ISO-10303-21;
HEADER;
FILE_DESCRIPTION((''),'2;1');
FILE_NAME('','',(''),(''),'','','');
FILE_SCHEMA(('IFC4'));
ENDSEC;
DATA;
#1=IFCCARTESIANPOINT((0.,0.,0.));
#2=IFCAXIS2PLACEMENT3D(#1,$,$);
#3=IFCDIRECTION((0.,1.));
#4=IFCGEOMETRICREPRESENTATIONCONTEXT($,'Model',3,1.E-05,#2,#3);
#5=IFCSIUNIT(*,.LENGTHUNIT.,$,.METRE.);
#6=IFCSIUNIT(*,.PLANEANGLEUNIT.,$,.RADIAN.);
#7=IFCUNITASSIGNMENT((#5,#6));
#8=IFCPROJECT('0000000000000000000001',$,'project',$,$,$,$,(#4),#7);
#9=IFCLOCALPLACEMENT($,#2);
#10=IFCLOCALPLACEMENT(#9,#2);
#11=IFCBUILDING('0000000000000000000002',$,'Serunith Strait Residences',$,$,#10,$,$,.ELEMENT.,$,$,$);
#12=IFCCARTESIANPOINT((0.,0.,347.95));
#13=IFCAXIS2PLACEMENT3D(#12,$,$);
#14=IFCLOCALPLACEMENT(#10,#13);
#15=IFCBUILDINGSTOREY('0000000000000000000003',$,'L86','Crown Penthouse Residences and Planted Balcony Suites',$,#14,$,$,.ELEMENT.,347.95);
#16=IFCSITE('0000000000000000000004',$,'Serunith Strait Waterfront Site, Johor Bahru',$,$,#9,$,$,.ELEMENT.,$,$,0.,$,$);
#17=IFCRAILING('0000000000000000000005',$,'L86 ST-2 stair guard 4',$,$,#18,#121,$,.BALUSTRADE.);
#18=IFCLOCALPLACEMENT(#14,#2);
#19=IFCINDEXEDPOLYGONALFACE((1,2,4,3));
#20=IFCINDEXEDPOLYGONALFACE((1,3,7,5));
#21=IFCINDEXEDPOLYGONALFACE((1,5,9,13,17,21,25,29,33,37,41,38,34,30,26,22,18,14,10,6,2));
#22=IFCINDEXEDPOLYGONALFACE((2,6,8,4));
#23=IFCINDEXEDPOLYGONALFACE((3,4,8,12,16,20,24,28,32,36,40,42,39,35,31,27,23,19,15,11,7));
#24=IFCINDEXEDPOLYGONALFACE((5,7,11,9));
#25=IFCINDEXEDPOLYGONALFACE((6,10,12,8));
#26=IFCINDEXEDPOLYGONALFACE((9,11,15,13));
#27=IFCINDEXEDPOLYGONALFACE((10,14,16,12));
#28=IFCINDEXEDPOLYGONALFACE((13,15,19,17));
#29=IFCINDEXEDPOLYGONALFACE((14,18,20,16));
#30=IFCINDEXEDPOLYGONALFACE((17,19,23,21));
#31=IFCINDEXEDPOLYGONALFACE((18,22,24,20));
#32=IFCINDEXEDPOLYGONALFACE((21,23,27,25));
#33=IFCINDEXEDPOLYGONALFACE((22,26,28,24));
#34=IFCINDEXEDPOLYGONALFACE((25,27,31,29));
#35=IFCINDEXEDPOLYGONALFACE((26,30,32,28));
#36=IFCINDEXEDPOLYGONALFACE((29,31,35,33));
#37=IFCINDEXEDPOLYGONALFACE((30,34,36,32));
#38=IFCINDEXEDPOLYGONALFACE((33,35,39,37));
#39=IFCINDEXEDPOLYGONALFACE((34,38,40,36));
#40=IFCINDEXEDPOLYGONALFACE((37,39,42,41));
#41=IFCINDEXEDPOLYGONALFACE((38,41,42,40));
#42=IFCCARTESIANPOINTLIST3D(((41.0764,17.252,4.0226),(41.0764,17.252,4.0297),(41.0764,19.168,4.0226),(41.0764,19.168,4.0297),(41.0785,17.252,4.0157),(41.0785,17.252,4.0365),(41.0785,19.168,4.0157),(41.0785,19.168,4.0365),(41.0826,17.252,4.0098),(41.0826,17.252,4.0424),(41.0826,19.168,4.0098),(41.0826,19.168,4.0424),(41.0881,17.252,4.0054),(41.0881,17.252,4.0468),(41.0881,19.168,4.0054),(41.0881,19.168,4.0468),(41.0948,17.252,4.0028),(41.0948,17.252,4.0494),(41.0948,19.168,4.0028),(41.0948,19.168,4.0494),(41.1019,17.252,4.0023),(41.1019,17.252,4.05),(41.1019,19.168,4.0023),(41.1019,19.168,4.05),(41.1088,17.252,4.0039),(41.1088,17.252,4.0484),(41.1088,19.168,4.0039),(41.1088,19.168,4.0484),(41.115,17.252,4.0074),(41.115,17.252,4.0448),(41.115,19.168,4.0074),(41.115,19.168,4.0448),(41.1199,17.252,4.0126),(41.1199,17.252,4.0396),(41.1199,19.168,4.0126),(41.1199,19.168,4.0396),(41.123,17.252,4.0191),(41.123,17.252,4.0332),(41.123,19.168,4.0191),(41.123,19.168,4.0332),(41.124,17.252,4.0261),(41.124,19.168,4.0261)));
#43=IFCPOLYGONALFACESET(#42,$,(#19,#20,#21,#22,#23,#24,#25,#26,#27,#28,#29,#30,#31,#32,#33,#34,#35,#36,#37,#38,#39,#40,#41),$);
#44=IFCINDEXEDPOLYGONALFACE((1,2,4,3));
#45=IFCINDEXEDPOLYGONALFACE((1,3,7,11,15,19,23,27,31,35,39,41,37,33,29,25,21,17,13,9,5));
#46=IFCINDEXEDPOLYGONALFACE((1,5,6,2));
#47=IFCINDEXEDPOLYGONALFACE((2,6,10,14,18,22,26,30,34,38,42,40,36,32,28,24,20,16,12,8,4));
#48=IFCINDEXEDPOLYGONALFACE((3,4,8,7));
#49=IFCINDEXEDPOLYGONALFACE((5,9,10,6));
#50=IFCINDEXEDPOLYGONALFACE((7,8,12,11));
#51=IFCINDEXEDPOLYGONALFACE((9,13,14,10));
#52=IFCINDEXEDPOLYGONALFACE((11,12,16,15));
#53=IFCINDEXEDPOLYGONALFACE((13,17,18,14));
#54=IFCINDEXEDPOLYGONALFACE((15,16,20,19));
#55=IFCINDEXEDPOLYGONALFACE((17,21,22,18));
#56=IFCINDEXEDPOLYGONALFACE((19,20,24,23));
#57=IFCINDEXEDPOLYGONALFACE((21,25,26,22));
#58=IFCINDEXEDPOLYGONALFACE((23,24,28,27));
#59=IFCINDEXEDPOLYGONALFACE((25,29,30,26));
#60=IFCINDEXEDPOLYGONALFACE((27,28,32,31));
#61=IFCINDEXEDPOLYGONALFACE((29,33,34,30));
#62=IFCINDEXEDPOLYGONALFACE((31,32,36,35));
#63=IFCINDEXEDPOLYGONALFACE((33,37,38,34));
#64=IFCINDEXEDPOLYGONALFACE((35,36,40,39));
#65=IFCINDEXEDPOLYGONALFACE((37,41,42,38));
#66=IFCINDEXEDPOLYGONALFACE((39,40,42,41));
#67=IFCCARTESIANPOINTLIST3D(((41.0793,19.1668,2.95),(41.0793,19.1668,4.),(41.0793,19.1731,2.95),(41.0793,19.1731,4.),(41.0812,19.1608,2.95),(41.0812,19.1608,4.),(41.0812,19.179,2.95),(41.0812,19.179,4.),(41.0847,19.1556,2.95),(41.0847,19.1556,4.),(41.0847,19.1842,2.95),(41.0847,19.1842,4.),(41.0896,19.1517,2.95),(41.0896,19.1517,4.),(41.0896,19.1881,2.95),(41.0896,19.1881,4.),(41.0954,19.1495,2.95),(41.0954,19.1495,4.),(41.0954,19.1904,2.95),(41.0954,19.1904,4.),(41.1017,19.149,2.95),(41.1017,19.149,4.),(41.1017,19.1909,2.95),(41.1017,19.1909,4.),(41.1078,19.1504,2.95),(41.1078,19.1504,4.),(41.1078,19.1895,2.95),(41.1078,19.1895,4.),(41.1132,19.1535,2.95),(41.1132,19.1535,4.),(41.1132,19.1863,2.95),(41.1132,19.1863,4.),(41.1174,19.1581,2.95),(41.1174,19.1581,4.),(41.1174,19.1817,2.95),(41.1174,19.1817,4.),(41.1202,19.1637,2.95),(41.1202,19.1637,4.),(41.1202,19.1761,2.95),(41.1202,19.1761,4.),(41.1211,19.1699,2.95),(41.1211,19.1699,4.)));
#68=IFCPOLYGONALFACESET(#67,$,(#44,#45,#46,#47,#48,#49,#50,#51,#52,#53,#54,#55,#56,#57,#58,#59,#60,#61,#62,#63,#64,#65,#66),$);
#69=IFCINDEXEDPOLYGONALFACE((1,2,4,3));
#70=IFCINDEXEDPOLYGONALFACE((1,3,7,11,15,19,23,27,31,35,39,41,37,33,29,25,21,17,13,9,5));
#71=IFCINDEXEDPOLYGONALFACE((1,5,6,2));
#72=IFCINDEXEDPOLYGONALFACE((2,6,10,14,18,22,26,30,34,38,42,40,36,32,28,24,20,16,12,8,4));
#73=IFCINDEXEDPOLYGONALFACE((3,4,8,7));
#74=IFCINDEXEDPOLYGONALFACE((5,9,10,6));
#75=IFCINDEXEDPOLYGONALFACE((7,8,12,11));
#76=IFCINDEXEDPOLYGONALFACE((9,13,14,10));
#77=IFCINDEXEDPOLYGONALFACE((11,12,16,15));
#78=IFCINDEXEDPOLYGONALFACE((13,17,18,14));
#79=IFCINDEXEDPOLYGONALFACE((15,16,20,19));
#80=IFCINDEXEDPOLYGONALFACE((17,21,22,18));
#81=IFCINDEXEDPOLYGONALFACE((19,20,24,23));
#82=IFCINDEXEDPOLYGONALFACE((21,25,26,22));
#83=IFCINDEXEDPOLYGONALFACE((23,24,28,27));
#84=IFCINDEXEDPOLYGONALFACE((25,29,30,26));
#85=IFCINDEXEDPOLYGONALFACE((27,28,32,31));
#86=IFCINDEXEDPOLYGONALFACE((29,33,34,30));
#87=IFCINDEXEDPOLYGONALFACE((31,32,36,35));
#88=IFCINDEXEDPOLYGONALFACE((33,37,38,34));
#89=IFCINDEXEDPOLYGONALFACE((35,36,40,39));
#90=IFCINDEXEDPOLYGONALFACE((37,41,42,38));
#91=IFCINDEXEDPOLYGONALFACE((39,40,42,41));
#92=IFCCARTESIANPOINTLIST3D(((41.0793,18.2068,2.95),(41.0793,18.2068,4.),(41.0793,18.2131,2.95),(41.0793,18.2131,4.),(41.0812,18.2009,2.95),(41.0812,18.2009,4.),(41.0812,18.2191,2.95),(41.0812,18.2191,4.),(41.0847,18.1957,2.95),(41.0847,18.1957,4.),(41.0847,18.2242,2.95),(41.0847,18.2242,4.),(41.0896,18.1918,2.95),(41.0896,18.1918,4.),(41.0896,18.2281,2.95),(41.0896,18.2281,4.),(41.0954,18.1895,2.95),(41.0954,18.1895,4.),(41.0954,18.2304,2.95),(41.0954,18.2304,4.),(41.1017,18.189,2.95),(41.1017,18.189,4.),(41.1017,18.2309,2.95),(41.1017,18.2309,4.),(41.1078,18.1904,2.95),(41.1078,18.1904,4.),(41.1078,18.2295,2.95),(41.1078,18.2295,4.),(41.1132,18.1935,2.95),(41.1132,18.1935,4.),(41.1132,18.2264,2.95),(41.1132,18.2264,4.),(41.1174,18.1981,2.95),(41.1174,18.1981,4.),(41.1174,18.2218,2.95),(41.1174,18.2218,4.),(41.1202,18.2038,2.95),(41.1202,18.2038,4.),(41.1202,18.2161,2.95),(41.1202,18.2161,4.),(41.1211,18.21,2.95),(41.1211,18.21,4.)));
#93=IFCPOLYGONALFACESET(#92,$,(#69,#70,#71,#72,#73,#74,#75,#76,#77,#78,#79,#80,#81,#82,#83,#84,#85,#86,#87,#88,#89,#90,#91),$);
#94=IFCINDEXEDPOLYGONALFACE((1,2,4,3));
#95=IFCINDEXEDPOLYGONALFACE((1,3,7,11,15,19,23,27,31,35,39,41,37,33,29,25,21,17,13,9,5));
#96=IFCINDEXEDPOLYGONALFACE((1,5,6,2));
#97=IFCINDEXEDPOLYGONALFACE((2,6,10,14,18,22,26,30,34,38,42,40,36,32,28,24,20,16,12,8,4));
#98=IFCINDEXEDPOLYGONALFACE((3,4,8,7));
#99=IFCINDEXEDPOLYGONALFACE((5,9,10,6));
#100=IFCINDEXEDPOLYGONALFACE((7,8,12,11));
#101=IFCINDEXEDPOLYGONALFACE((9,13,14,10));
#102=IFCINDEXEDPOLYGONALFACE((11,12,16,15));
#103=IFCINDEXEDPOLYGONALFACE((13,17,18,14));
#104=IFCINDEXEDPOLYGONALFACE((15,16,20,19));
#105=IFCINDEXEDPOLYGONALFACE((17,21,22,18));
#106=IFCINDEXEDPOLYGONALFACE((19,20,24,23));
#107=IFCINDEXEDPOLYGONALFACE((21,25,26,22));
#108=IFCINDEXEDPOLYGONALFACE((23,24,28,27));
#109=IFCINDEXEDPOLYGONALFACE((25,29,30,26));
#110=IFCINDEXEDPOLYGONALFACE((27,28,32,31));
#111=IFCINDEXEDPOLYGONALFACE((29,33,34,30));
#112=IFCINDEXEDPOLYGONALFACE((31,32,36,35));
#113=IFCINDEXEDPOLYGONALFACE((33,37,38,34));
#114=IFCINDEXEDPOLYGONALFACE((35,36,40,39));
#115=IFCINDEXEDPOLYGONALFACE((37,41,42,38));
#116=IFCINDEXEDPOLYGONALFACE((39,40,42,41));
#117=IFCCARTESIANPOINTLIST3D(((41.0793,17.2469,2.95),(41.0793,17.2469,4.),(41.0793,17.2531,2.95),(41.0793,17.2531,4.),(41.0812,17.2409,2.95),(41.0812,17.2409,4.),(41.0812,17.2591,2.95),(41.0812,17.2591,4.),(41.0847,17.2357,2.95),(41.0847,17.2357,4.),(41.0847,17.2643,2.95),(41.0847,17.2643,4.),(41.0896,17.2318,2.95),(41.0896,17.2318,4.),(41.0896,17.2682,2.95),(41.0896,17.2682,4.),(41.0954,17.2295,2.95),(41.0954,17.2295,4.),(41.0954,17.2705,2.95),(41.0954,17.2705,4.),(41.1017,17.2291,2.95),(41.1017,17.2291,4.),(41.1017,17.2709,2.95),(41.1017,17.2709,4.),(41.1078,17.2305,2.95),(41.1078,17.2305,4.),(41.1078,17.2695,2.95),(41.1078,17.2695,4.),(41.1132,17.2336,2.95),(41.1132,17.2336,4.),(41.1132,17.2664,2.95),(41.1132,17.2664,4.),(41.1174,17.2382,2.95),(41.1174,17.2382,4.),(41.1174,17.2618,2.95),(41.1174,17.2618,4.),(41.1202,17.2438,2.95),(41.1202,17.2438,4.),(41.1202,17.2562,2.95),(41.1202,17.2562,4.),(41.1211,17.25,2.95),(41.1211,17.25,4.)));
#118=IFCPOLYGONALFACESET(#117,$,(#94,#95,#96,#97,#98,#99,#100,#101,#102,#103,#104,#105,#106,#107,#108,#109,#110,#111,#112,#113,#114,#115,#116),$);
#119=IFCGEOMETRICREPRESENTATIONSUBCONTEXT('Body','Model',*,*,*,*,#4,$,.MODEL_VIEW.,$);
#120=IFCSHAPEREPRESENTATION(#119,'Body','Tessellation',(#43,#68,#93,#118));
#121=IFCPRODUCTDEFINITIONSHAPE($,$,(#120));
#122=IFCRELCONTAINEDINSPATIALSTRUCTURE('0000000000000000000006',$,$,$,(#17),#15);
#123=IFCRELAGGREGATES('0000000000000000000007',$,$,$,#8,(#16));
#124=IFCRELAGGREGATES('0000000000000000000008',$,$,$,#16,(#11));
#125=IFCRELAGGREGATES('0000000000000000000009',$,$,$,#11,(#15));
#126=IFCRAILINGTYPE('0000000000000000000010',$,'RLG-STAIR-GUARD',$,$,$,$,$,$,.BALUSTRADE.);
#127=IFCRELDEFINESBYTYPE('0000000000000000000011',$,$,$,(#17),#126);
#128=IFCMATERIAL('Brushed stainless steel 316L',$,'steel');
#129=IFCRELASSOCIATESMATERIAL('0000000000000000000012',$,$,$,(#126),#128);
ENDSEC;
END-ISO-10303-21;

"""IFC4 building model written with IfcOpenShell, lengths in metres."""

from ifc_helpers import new_model, si_unit, direction, frame, origin, origin_2d, place, context, subcontext, project, spatial, circle, extrude, material, type_object, element, save


model = new_model("IFC4")

# Units and contexts
model_context = context("Model", 3, precision=1e-05, world=origin(), true_north=direction((0.0, 1.0)))
body_context = subcontext(model_context, "Body", "Model", "MODEL_VIEW")
ifc_project = project(units=[si_unit("LENGTHUNIT", "METRE"), si_unit("PLANEANGLEUNIT", "RADIAN")], contexts=[model_context])

# Site, building, storey
site_placement = place(None, origin())
site = spatial("IfcSite", under=ifc_project, at=site_placement, Name="Serunith Strait Waterfront Site, Johor Bahru", CompositionType="ELEMENT", RefElevation=0.0)
building_placement = place(site_placement, origin())
building = spatial("IfcBuilding", under=site, at=building_placement, Name="Serunith Strait Residences", CompositionType="ELEMENT")
storey_placement = place(building_placement, frame((0.0, 0.0, 347.95)))
storey = spatial("IfcBuildingStorey", under=building, at=storey_placement, Name="L86", Description="Crown Penthouse Residences and Planted Balcony Suites", CompositionType="ELEMENT", Elevation=347.95)

# Railing
ifc_material_1 = material(Name="Brushed stainless steel 316L", Category="steel")
railing_type_1 = type_object("IfcRailingType", Name="RLG-STAIR-GUARD", PredefinedType="BALUSTRADE", material=ifc_material_1)
for number, where, name in (
    (1, (41.1001, 19.1699, 2.95), "L86 ST-2 stair guard 4"),
):
    element("IfcRailing", number, at=place(storey_placement, frame(where)), inside=storey, type_object=railing_type_1, Name=name, PredefinedType="BALUSTRADE", context=body_context, shape_type="SweptSolid", body=[
        extrude(circle(Radius=0.0239, at=origin_2d()), frame((0.0, -0.002, 1.0762), z_axis=(0.0, -1.0, 0.0), x_axis=(1.0, 0.0, 0.0)), (0.0, 0.0, 1.0), 1.916),
        extrude(circle(Radius=0.021, at=origin_2d()), origin(), (0.0, 0.0, 1.0), 1.05),
        extrude(circle(Radius=0.021, at=origin_2d()), frame((0.0, -0.96, 0.0)), (0.0, 0.0, 1.0), 1.05),
        extrude(circle(Radius=0.021, at=origin_2d()), frame((0.0, -1.9199, 0.0)), (0.0, 0.0, 1.0), 1.05),
    ])

save(model, "model.ifc")
